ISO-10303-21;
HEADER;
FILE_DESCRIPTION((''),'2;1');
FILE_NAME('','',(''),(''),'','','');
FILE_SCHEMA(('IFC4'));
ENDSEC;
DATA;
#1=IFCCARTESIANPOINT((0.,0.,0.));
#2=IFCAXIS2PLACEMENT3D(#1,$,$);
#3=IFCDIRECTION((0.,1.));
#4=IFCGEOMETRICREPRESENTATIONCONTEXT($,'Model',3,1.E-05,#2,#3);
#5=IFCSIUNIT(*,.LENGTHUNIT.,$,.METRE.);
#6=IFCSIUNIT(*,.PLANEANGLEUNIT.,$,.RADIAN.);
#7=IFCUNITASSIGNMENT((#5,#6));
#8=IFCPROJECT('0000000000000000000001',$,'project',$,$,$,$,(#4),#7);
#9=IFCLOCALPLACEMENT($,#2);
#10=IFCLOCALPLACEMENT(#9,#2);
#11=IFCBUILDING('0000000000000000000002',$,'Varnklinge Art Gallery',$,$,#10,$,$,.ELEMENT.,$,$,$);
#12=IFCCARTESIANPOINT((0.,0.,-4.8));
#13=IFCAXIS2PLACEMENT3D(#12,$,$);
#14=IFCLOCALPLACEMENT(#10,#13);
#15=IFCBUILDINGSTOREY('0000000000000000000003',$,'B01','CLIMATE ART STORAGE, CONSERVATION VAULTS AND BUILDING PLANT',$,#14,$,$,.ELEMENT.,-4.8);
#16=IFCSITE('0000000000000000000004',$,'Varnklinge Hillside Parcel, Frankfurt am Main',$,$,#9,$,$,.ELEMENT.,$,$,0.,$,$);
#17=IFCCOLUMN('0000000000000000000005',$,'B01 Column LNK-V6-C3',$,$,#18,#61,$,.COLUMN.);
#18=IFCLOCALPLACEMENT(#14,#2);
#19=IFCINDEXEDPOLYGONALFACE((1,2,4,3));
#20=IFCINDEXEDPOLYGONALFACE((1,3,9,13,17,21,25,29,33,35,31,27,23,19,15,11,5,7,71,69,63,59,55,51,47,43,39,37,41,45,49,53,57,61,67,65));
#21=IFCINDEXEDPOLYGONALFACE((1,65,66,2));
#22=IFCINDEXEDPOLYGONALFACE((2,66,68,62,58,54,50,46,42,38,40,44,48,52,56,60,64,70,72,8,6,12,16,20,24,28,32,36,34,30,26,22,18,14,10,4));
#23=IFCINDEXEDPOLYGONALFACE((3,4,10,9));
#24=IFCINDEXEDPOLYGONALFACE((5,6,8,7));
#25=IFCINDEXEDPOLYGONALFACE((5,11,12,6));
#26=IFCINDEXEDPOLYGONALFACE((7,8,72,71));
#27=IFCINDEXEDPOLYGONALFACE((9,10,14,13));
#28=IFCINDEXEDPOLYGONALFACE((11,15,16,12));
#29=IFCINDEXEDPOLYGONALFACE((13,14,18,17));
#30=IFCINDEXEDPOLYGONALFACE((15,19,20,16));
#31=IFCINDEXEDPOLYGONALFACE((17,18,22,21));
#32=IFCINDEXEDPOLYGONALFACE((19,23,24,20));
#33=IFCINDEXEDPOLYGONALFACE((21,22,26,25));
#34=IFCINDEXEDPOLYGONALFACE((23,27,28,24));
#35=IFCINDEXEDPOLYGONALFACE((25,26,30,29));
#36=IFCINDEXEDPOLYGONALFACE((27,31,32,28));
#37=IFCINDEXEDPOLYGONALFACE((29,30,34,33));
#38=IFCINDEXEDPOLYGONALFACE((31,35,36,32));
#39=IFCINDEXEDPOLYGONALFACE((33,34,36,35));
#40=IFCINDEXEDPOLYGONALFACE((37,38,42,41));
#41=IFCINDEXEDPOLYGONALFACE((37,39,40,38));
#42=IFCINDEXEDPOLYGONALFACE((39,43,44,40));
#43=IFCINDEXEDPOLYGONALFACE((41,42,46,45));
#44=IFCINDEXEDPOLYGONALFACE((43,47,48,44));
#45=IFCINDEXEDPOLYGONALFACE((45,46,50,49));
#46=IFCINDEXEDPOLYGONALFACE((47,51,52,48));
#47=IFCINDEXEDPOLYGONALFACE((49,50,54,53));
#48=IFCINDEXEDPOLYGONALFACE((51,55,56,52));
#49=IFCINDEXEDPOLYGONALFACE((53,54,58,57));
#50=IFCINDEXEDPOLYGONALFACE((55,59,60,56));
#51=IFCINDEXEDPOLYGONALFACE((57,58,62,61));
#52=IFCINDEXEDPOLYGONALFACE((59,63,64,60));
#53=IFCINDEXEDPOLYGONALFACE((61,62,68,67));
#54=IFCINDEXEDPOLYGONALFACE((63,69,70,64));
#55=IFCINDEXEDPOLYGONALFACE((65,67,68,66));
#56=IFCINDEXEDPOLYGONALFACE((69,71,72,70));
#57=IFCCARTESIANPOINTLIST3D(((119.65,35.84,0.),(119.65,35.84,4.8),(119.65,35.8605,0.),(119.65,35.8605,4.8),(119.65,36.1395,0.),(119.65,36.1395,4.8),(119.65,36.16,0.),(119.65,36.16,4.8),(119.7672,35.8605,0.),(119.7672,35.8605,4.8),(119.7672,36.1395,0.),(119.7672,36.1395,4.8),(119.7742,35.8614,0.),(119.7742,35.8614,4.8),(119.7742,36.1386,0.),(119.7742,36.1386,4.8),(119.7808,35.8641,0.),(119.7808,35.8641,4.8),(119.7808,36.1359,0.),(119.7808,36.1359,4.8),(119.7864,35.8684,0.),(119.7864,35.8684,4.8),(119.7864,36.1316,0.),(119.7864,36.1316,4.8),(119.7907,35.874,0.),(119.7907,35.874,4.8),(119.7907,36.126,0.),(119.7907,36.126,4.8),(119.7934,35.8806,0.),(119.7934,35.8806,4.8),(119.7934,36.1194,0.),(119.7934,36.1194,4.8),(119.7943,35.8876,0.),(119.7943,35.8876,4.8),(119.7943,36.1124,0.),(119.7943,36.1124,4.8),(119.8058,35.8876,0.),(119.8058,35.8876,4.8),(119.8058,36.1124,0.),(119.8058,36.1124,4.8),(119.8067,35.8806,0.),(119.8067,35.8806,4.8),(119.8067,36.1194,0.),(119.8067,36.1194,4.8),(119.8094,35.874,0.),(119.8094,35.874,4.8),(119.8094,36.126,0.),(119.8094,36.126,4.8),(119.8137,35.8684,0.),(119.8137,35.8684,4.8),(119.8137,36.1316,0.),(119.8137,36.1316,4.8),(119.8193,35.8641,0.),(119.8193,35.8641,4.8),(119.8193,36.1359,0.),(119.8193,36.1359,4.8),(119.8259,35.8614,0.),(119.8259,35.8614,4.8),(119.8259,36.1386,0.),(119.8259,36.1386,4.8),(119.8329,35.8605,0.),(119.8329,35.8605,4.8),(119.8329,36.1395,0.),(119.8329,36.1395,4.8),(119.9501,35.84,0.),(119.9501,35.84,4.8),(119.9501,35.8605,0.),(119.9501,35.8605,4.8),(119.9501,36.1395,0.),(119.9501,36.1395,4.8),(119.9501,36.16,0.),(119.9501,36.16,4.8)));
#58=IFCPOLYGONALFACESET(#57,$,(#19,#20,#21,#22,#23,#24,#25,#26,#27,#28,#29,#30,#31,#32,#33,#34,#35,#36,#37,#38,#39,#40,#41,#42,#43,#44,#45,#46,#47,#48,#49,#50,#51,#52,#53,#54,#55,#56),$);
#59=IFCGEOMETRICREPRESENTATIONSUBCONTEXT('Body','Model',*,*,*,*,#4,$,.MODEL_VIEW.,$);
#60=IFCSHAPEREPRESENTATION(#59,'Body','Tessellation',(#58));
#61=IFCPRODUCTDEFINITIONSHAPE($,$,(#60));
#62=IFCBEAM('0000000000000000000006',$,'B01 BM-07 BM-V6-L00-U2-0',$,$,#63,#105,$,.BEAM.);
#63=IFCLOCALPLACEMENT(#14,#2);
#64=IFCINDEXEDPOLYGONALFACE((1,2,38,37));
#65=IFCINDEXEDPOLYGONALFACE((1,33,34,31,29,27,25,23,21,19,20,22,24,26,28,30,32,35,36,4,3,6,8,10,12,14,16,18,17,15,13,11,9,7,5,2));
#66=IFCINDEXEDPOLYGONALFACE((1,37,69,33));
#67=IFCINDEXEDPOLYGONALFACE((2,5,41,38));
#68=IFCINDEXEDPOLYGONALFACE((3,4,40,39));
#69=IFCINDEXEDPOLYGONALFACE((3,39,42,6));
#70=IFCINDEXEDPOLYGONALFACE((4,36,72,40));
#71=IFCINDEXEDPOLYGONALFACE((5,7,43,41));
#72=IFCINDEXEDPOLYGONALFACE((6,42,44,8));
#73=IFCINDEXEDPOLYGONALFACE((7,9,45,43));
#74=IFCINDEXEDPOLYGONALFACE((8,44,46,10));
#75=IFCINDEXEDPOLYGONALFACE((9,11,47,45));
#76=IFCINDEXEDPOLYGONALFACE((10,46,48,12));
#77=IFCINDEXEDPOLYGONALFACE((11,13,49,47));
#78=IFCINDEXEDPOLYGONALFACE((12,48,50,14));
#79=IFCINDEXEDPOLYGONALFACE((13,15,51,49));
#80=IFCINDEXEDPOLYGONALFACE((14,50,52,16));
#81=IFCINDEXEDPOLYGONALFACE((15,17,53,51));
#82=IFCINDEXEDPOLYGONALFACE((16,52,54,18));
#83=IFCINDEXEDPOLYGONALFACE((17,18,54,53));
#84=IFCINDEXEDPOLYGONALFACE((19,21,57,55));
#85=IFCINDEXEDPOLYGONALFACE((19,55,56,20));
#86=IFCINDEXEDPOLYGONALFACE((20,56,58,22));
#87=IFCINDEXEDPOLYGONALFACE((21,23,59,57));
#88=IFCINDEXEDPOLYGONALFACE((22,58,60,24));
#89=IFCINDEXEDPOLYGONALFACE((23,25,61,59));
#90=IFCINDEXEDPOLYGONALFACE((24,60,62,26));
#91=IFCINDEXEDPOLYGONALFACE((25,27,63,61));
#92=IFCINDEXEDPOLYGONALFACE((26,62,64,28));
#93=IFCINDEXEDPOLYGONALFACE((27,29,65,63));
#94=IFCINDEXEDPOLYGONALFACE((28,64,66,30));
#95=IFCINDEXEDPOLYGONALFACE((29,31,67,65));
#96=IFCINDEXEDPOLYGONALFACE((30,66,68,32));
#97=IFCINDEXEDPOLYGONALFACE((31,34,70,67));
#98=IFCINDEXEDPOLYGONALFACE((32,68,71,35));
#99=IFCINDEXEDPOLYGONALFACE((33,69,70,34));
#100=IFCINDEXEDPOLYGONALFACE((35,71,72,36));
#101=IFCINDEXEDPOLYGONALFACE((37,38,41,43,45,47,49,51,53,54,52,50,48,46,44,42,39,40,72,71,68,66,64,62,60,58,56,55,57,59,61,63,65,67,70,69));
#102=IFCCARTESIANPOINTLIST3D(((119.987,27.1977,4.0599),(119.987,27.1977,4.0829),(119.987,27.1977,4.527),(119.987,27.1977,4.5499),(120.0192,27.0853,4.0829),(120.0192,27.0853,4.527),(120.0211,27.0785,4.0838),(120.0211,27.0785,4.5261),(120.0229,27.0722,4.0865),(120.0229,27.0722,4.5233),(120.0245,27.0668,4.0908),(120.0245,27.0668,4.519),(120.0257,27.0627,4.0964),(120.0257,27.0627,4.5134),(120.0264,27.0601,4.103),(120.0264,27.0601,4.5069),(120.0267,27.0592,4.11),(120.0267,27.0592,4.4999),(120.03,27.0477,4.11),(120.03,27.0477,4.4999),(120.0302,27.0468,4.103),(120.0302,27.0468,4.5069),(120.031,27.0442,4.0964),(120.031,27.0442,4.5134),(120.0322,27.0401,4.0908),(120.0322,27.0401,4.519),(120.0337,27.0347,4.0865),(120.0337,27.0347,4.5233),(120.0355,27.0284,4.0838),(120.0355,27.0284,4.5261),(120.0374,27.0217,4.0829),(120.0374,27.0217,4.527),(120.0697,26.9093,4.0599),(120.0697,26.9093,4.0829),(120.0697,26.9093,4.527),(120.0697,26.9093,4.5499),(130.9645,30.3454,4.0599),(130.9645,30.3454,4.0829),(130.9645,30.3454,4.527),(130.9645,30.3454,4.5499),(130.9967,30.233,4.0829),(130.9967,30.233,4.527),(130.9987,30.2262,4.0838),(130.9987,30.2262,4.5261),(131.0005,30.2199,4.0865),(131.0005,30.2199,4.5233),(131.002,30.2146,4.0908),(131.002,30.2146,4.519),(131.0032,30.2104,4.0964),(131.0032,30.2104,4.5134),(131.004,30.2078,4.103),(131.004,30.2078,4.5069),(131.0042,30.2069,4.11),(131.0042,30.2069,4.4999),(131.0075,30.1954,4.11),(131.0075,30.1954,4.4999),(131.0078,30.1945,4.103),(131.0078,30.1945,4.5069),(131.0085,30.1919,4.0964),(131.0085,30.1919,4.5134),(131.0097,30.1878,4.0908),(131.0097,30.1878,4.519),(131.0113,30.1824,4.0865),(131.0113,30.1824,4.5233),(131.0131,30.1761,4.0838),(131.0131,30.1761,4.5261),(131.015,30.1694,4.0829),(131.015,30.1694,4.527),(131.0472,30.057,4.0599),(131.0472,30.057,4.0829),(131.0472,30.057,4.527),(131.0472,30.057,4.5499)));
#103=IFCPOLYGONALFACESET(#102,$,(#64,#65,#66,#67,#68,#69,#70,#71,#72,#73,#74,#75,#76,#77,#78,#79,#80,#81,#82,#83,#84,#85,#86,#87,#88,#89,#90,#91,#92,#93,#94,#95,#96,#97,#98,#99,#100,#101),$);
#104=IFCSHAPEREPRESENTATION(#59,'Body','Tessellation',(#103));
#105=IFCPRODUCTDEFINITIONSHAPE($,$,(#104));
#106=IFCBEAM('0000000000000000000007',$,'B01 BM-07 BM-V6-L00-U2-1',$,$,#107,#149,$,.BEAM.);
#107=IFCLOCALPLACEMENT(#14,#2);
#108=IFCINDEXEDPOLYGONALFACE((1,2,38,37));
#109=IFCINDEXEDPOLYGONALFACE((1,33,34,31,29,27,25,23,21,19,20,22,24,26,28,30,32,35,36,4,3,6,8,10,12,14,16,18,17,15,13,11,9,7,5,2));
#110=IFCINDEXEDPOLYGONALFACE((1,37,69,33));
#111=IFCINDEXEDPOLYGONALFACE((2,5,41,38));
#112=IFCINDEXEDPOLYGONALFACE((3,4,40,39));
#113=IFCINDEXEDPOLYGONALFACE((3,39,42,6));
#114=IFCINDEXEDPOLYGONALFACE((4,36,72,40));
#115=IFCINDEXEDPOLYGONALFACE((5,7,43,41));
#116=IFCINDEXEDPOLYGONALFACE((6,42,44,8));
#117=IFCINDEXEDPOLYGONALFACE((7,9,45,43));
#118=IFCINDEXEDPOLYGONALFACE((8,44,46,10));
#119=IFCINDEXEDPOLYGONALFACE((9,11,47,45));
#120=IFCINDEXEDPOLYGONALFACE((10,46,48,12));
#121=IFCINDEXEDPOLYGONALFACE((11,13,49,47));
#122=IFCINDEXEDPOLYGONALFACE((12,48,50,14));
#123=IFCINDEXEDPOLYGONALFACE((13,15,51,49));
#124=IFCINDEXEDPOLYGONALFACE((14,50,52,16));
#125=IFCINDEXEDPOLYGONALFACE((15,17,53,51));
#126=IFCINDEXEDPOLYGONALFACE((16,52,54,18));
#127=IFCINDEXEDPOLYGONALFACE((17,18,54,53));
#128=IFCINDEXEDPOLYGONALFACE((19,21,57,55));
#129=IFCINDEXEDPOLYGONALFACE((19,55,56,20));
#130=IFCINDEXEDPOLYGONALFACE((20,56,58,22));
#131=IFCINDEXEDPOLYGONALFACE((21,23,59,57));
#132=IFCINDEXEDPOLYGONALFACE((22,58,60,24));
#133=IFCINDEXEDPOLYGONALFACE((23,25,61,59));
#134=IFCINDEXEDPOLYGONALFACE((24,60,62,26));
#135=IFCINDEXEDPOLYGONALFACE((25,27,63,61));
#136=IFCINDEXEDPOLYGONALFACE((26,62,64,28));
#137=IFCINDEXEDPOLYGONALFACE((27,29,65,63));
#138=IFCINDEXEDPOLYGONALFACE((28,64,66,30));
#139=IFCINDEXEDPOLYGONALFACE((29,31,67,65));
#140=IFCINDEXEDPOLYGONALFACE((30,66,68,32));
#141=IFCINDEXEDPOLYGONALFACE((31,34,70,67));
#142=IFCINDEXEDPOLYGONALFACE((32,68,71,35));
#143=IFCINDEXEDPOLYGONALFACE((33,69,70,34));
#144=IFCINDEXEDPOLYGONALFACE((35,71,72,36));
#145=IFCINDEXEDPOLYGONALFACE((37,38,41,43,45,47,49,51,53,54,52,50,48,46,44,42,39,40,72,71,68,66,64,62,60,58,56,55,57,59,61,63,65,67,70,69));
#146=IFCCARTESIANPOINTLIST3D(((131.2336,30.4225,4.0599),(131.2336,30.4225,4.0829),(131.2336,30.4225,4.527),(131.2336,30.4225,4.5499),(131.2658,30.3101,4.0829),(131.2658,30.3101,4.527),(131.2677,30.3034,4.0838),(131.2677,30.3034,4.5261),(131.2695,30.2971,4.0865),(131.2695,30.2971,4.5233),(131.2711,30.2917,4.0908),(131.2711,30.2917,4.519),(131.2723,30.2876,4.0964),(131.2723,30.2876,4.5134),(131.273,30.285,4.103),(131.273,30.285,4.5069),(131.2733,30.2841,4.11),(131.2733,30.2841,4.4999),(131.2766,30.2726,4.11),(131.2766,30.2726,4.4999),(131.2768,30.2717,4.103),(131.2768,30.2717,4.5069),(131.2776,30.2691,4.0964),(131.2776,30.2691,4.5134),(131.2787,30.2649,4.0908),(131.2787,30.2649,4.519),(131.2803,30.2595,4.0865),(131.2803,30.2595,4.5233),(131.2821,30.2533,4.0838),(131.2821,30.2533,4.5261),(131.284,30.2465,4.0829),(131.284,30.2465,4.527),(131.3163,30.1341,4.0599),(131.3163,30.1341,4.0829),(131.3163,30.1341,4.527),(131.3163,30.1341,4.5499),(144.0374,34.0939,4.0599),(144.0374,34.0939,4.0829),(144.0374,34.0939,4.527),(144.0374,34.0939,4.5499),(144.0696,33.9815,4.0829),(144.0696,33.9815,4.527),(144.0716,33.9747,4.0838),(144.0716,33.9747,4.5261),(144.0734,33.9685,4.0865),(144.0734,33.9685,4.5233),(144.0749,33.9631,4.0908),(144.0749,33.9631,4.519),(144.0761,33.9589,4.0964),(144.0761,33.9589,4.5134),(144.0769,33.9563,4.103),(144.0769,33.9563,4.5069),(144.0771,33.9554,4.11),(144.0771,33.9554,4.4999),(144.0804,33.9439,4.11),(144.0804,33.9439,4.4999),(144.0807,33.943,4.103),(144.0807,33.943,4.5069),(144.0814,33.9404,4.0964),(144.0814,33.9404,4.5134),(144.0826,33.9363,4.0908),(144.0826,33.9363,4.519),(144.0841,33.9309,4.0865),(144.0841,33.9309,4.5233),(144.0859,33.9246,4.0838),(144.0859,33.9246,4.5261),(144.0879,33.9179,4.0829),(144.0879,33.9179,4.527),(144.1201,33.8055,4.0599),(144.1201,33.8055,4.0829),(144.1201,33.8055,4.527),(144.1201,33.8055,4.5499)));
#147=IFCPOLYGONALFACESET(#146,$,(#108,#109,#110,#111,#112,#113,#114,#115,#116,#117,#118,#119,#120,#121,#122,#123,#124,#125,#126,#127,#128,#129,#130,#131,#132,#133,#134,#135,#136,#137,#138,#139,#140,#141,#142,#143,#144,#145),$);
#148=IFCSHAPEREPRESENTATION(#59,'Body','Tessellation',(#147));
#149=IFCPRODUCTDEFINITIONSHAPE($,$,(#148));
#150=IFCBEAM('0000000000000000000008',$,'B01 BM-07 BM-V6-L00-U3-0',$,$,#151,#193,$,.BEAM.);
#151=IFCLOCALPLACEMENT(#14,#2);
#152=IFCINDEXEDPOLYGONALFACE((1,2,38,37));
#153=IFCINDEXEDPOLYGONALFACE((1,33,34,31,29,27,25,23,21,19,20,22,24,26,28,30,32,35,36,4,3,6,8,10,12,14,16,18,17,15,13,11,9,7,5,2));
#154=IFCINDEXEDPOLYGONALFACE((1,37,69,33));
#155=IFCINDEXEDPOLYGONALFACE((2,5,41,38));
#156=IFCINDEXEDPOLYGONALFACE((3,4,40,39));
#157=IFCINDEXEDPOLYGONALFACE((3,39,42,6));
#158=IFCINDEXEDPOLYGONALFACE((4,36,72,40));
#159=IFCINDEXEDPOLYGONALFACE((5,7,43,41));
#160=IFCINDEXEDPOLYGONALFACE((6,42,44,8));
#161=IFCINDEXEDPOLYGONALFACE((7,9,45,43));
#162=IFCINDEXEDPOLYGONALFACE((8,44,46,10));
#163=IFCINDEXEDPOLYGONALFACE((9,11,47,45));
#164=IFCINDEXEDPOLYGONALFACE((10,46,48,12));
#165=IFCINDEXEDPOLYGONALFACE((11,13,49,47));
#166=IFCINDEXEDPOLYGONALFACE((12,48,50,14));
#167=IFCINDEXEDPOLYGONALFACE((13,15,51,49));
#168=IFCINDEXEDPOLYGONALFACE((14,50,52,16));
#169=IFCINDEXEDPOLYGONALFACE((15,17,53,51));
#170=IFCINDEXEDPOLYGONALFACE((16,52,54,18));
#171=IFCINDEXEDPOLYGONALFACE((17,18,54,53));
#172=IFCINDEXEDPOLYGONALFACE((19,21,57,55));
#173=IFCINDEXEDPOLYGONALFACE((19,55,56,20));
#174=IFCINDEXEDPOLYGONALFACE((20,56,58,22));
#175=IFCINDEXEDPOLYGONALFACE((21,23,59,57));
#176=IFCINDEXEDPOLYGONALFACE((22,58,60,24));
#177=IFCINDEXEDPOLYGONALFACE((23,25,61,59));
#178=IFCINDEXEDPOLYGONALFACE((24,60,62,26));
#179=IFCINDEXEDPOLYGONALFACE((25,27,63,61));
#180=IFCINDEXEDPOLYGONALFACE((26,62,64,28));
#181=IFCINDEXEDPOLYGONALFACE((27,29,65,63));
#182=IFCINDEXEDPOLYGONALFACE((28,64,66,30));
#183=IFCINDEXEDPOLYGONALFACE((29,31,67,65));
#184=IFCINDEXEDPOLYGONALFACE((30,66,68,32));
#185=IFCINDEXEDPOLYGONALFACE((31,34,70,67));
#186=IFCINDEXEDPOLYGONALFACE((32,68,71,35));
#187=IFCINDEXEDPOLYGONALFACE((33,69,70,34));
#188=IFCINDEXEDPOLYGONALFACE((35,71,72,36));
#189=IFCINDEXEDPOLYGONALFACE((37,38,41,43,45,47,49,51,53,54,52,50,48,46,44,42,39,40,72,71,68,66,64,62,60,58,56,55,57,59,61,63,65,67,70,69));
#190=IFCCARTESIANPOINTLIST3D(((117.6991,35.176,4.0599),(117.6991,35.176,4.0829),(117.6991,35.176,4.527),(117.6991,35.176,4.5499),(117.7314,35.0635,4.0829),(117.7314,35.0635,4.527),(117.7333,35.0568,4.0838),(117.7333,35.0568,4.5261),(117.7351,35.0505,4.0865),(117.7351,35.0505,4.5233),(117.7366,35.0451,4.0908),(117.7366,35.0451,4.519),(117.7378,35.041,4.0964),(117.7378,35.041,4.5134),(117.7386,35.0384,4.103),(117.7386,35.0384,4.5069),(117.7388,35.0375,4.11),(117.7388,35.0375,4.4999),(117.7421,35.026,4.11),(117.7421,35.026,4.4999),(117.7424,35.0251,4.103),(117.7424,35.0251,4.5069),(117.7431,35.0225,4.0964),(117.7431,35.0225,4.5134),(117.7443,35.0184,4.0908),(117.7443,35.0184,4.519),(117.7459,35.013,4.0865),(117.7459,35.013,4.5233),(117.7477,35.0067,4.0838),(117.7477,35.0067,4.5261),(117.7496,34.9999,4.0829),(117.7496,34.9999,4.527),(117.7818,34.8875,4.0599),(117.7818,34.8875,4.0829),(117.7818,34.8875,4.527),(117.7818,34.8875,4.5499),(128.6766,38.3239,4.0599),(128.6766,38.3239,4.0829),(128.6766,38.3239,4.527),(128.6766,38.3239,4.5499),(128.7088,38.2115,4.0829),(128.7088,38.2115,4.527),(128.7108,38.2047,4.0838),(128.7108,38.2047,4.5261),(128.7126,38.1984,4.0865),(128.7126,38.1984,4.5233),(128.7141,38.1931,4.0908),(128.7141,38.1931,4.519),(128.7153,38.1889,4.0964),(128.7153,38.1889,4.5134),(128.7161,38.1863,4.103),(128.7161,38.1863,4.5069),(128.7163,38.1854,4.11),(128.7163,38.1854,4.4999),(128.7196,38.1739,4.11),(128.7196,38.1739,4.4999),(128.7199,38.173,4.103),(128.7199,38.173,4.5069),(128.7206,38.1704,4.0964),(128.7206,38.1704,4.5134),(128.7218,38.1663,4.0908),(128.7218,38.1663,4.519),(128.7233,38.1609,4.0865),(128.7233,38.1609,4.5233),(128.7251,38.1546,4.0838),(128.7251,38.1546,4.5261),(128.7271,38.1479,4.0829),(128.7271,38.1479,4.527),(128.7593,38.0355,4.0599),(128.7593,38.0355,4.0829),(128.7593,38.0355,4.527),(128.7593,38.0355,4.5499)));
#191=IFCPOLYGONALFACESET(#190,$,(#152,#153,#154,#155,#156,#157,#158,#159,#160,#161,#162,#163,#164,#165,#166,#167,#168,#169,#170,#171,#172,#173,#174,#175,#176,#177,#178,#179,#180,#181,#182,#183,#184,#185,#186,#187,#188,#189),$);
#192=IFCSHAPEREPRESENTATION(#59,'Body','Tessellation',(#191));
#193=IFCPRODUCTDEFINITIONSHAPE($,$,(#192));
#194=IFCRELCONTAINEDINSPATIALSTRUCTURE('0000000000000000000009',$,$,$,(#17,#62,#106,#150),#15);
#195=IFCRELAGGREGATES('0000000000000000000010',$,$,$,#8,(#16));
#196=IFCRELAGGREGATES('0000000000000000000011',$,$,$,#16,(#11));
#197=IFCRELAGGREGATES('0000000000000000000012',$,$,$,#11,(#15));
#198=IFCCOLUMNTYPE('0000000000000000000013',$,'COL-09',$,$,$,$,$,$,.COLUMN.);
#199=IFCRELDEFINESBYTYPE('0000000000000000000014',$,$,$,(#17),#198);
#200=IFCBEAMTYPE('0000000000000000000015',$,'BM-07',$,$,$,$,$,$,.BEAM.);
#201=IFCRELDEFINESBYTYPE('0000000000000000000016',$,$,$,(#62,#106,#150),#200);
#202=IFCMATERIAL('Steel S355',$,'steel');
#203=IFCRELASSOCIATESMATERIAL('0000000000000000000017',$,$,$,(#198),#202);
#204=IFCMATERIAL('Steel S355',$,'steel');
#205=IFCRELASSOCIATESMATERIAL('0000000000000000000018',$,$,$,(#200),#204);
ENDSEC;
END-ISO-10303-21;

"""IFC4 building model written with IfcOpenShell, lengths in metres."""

from ifc_helpers import new_model, si_unit, direction, frame, origin, origin_2d, place, context, subcontext, project, spatial, i_section, extrude, material, material_profile, profile_set, type_object, element, save


model = new_model("IFC4")

# Units and contexts
model_context = context("Model", 3, precision=1e-05, world=origin(), true_north=direction((0.0, 1.0)))
body_context = subcontext(model_context, "Body", "Model", "MODEL_VIEW")
ifc_project = project(units=[si_unit("LENGTHUNIT", "METRE"), si_unit("PLANEANGLEUNIT", "RADIAN")], contexts=[model_context])

# Site, building, storey
site_placement = place(None, origin())
site = spatial("IfcSite", under=ifc_project, at=site_placement, Name="Varnklinge Hillside Parcel, Frankfurt am Main", CompositionType="ELEMENT", RefElevation=0.0)
building_placement = place(site_placement, origin())
building = spatial("IfcBuilding", under=site, at=building_placement, Name="Varnklinge Art Gallery", CompositionType="ELEMENT")
storey_placement = place(building_placement, frame((0.0, 0.0, -4.8)))
storey = spatial("IfcBuildingStorey", under=building, at=storey_placement, Name="B01", Description="CLIMATE ART STORAGE, CONSERVATION VAULTS AND BUILDING PLANT", CompositionType="ELEMENT", Elevation=-4.8)

# Column
ifc_material_1 = material(Name="Steel S355", Category="steel")
ifc_material_profile_1 = material_profile(ifc_material_1, i_section(OverallWidth=0.3, OverallDepth=0.3201, WebThickness=0.0115, FlangeThickness=0.0205, FilletRadius=0.0271, at=origin_2d()), Name="HEB 320")
ifc_profile_set_1 = profile_set([ifc_material_profile_1], Name="Steel S355")
column_type_1 = type_object("IfcColumnType", Name="COL-09", PredefinedType="COLUMN", material=ifc_profile_set_1)
for number, where, z_axis, x_axis, name in (
    (1, (119.8, 36.0, 0.0), (0.0, 0.0, 1.0), (1.0, 0.0, 0.0), "B01 Column LNK-V6-C3"),
):
    element("IfcColumn", number, at=place(storey_placement, frame(where, z_axis=z_axis, x_axis=x_axis)), inside=storey, type_object=column_type_1, Name=name, PredefinedType="COLUMN", context=body_context, shape_type="SweptSolid", body=[
        extrude(i_section(OverallWidth=0.3, OverallDepth=0.3201, WebThickness=0.0115, FlangeThickness=0.0205, FilletRadius=0.0271, at=origin_2d()), origin(), (0.0, 0.0, 1.0), 4.8),
    ])

# Beams
ifc_material_2 = material(Name="Steel S355", Category="steel")
ifc_material_profile_2 = material_profile(ifc_material_2, i_section(OverallWidth=0.3, OverallDepth=0.49, WebThickness=0.012, FlangeThickness=0.0229, FilletRadius=0.0271, at=origin_2d()), Name="HEA 500")
ifc_profile_set_2 = profile_set([ifc_material_profile_2], Name="Steel S355")
beam_type_1 = type_object("IfcBeamType", Name="BM-07", PredefinedType="BEAM", material=ifc_profile_set_2)
beam_1_placement = place(storey_placement, frame((120.0283, 27.0535, 4.3049), z_axis=(0.961263, 0.275633, 0.0), x_axis=(-0.275633, 0.961263, 0.0)))
element("IfcBeam", 2, at=beam_1_placement, inside=storey, type_object=beam_type_1, Name="B01 BM-07 BM-V6-L00-U2-0", PredefinedType="BEAM", context=body_context, shape_type="SweptSolid", body=[
    extrude(i_section(OverallWidth=0.3, OverallDepth=0.49, WebThickness=0.012, FlangeThickness=0.0229, FilletRadius=0.0271, at=origin_2d()), origin(), (0.0, 0.0, 1.0), 11.4199),
])
beam_2_placement = place(storey_placement, frame((131.2749, 30.2783, 4.3049), z_axis=(0.961263, 0.275631, 0.0), x_axis=(-0.275631, 0.961263, 0.0)))
element("IfcBeam", 3, at=beam_2_placement, inside=storey, type_object=beam_type_1, Name="B01 BM-07 BM-V6-L00-U2-1", PredefinedType="BEAM", context=body_context, shape_type="SweptSolid", body=[
    extrude(i_section(OverallWidth=0.3, OverallDepth=0.49, WebThickness=0.012, FlangeThickness=0.0229, FilletRadius=0.0271, at=origin_2d()), origin(), (0.0, 0.0, 1.0), 13.3198),
])
beam_3_placement = place(storey_placement, frame((117.7405, 35.0317, 4.3049), z_axis=(0.961257, 0.275653, 0.0), x_axis=(-0.275653, 0.961257, 0.0)))
element("IfcBeam", 4, at=beam_3_placement, inside=storey, type_object=beam_type_1, Name="B01 BM-07 BM-V6-L00-U3-0", PredefinedType="BEAM", context=body_context, shape_type="SweptSolid", body=[
    extrude(i_section(OverallWidth=0.3, OverallDepth=0.49, WebThickness=0.012, FlangeThickness=0.0229, FilletRadius=0.0271, at=origin_2d()), origin(), (0.0, 0.0, 1.0), 11.4199),
])

save(model, "model.ifc")
